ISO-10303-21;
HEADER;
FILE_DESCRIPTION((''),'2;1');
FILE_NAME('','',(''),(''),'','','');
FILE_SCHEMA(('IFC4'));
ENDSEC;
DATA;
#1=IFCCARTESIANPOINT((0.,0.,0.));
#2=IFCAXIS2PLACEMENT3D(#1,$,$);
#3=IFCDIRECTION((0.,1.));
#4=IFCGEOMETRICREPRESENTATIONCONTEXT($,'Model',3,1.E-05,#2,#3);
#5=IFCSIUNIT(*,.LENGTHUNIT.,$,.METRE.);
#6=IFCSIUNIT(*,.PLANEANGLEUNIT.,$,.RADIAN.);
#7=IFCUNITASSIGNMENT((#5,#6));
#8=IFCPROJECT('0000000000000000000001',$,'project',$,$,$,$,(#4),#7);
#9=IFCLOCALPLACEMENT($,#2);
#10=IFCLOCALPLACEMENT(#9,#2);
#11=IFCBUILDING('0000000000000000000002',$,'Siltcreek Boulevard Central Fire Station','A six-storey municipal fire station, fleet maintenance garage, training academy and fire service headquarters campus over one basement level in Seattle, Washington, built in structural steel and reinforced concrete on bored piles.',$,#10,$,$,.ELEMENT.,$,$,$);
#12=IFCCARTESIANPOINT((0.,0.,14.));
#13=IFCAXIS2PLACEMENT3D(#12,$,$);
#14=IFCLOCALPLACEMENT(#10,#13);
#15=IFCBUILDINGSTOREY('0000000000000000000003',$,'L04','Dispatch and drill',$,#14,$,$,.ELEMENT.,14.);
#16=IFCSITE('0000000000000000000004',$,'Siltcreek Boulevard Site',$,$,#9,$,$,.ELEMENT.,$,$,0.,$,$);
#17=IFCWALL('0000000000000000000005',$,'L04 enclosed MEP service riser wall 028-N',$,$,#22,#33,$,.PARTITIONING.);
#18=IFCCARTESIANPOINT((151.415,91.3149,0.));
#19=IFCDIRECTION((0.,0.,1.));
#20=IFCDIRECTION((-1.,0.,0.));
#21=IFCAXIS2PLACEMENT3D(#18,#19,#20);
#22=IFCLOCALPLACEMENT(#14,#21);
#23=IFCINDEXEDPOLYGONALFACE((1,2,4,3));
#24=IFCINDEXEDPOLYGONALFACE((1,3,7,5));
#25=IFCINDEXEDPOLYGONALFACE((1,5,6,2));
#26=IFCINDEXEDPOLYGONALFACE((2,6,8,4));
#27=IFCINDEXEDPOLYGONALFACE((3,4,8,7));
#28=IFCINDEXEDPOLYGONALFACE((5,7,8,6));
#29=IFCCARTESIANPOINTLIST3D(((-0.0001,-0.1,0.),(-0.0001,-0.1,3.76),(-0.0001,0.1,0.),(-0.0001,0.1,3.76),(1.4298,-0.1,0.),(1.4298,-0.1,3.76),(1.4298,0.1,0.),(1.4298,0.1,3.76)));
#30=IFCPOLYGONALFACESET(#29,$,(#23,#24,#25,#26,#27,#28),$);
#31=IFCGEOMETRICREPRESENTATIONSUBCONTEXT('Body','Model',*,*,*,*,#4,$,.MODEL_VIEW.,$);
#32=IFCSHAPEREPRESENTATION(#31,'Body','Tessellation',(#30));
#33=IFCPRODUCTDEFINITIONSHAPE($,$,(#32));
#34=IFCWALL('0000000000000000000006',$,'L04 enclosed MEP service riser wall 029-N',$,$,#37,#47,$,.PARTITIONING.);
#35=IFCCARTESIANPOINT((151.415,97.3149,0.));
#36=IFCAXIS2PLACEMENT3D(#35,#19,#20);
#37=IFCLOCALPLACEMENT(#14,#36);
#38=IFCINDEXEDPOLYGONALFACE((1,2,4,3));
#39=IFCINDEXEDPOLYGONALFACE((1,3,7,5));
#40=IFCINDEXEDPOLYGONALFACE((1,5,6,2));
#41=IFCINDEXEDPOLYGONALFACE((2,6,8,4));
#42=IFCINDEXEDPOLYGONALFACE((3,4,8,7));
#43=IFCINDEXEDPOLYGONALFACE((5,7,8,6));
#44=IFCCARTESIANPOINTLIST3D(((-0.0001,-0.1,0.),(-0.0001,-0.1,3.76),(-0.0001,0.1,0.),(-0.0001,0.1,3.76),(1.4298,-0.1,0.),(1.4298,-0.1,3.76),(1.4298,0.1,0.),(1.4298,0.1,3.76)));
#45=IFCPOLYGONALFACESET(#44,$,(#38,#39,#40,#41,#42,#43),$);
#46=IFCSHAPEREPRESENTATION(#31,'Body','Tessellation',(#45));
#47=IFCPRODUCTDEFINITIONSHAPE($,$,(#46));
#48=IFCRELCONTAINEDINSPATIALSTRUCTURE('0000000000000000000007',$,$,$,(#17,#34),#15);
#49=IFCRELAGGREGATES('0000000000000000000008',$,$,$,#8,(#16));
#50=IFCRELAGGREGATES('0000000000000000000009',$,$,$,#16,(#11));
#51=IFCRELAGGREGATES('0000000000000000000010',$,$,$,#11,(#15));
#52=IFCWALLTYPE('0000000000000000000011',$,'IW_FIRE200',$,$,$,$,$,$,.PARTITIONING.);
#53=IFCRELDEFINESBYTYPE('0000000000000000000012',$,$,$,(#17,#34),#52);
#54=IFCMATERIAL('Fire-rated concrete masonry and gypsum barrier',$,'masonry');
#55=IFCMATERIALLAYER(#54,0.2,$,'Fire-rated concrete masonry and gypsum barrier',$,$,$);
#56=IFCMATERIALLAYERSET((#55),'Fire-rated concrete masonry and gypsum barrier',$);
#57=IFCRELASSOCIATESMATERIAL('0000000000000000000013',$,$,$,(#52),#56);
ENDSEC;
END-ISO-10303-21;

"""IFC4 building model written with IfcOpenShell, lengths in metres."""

from ifc_helpers import new_model, si_unit, direction, frame, frame_2d, origin, place, context, subcontext, project, spatial, rectangle, extrude, material, layer, layer_set, type_object, element, save


model = new_model("IFC4")

# Units and contexts
model_context = context("Model", 3, precision=1e-05, world=origin(), true_north=direction((0.0, 1.0)))
body_context = subcontext(model_context, "Body", "Model", "MODEL_VIEW")
ifc_project = project(units=[si_unit("LENGTHUNIT", "METRE"), si_unit("PLANEANGLEUNIT", "RADIAN")], contexts=[model_context])

# Site, building, storey
site_placement = place(None, origin())
site = spatial("IfcSite", under=ifc_project, at=site_placement, Name="Siltcreek Boulevard Site", CompositionType="ELEMENT", RefElevation=0.0)
building_placement = place(site_placement, origin())
building = spatial("IfcBuilding", under=site, at=building_placement, Name="Siltcreek Boulevard Central Fire Station", Description="A six-storey municipal fire station, fleet maintenance garage, training academy and fire service headquarters campus over one basement level in Seattle, Washington, built in structural steel and reinforced concrete on bored piles.", CompositionType="ELEMENT")
storey_placement = place(building_placement, frame((0.0, 0.0, 14.0)))
storey = spatial("IfcBuildingStorey", under=building, at=storey_placement, Name="L04", Description="Dispatch and drill", CompositionType="ELEMENT", Elevation=14.0)

# Walls
ifc_material_1 = material(Name="Fire-rated concrete masonry and gypsum barrier", Category="masonry")
ifc_layer_1 = layer(ifc_material_1, 0.2, Name="Fire-rated concrete masonry and gypsum barrier")
ifc_layer_set_1 = layer_set([ifc_layer_1], Name="Fire-rated concrete masonry and gypsum barrier")
wall_type_1 = type_object("IfcWallType", Name="IW_FIRE200", PredefinedType="PARTITIONING", material=ifc_layer_set_1)
wall_1_placement = place(storey_placement, frame((151.415, 91.3149, 0.0), z_axis=(0.0, 0.0, 1.0), x_axis=(-1.0, 0.0, 0.0)))
element("IfcWall", 1, at=wall_1_placement, inside=storey, type_object=wall_type_1, Name="L04 enclosed MEP service riser wall 028-N", PredefinedType="PARTITIONING", context=body_context, shape_type="SweptSolid", body=[
    extrude(rectangle(XDim=1.4299, YDim=0.2, at=frame_2d((0.7148, 0.0))), origin(), (0.0, 0.0, 1.0), 3.76),
])
wall_2_placement = place(storey_placement, frame((151.415, 97.3149, 0.0), z_axis=(0.0, 0.0, 1.0), x_axis=(-1.0, 0.0, 0.0)))
element("IfcWall", 2, at=wall_2_placement, inside=storey, type_object=wall_type_1, Name="L04 enclosed MEP service riser wall 029-N", PredefinedType="PARTITIONING", context=body_context, shape_type="SweptSolid", body=[
    extrude(rectangle(XDim=1.4299, YDim=0.2, at=frame_2d((0.7148, 0.0))), origin(), (0.0, 0.0, 1.0), 3.76),
])

save(model, "model.ifc")
